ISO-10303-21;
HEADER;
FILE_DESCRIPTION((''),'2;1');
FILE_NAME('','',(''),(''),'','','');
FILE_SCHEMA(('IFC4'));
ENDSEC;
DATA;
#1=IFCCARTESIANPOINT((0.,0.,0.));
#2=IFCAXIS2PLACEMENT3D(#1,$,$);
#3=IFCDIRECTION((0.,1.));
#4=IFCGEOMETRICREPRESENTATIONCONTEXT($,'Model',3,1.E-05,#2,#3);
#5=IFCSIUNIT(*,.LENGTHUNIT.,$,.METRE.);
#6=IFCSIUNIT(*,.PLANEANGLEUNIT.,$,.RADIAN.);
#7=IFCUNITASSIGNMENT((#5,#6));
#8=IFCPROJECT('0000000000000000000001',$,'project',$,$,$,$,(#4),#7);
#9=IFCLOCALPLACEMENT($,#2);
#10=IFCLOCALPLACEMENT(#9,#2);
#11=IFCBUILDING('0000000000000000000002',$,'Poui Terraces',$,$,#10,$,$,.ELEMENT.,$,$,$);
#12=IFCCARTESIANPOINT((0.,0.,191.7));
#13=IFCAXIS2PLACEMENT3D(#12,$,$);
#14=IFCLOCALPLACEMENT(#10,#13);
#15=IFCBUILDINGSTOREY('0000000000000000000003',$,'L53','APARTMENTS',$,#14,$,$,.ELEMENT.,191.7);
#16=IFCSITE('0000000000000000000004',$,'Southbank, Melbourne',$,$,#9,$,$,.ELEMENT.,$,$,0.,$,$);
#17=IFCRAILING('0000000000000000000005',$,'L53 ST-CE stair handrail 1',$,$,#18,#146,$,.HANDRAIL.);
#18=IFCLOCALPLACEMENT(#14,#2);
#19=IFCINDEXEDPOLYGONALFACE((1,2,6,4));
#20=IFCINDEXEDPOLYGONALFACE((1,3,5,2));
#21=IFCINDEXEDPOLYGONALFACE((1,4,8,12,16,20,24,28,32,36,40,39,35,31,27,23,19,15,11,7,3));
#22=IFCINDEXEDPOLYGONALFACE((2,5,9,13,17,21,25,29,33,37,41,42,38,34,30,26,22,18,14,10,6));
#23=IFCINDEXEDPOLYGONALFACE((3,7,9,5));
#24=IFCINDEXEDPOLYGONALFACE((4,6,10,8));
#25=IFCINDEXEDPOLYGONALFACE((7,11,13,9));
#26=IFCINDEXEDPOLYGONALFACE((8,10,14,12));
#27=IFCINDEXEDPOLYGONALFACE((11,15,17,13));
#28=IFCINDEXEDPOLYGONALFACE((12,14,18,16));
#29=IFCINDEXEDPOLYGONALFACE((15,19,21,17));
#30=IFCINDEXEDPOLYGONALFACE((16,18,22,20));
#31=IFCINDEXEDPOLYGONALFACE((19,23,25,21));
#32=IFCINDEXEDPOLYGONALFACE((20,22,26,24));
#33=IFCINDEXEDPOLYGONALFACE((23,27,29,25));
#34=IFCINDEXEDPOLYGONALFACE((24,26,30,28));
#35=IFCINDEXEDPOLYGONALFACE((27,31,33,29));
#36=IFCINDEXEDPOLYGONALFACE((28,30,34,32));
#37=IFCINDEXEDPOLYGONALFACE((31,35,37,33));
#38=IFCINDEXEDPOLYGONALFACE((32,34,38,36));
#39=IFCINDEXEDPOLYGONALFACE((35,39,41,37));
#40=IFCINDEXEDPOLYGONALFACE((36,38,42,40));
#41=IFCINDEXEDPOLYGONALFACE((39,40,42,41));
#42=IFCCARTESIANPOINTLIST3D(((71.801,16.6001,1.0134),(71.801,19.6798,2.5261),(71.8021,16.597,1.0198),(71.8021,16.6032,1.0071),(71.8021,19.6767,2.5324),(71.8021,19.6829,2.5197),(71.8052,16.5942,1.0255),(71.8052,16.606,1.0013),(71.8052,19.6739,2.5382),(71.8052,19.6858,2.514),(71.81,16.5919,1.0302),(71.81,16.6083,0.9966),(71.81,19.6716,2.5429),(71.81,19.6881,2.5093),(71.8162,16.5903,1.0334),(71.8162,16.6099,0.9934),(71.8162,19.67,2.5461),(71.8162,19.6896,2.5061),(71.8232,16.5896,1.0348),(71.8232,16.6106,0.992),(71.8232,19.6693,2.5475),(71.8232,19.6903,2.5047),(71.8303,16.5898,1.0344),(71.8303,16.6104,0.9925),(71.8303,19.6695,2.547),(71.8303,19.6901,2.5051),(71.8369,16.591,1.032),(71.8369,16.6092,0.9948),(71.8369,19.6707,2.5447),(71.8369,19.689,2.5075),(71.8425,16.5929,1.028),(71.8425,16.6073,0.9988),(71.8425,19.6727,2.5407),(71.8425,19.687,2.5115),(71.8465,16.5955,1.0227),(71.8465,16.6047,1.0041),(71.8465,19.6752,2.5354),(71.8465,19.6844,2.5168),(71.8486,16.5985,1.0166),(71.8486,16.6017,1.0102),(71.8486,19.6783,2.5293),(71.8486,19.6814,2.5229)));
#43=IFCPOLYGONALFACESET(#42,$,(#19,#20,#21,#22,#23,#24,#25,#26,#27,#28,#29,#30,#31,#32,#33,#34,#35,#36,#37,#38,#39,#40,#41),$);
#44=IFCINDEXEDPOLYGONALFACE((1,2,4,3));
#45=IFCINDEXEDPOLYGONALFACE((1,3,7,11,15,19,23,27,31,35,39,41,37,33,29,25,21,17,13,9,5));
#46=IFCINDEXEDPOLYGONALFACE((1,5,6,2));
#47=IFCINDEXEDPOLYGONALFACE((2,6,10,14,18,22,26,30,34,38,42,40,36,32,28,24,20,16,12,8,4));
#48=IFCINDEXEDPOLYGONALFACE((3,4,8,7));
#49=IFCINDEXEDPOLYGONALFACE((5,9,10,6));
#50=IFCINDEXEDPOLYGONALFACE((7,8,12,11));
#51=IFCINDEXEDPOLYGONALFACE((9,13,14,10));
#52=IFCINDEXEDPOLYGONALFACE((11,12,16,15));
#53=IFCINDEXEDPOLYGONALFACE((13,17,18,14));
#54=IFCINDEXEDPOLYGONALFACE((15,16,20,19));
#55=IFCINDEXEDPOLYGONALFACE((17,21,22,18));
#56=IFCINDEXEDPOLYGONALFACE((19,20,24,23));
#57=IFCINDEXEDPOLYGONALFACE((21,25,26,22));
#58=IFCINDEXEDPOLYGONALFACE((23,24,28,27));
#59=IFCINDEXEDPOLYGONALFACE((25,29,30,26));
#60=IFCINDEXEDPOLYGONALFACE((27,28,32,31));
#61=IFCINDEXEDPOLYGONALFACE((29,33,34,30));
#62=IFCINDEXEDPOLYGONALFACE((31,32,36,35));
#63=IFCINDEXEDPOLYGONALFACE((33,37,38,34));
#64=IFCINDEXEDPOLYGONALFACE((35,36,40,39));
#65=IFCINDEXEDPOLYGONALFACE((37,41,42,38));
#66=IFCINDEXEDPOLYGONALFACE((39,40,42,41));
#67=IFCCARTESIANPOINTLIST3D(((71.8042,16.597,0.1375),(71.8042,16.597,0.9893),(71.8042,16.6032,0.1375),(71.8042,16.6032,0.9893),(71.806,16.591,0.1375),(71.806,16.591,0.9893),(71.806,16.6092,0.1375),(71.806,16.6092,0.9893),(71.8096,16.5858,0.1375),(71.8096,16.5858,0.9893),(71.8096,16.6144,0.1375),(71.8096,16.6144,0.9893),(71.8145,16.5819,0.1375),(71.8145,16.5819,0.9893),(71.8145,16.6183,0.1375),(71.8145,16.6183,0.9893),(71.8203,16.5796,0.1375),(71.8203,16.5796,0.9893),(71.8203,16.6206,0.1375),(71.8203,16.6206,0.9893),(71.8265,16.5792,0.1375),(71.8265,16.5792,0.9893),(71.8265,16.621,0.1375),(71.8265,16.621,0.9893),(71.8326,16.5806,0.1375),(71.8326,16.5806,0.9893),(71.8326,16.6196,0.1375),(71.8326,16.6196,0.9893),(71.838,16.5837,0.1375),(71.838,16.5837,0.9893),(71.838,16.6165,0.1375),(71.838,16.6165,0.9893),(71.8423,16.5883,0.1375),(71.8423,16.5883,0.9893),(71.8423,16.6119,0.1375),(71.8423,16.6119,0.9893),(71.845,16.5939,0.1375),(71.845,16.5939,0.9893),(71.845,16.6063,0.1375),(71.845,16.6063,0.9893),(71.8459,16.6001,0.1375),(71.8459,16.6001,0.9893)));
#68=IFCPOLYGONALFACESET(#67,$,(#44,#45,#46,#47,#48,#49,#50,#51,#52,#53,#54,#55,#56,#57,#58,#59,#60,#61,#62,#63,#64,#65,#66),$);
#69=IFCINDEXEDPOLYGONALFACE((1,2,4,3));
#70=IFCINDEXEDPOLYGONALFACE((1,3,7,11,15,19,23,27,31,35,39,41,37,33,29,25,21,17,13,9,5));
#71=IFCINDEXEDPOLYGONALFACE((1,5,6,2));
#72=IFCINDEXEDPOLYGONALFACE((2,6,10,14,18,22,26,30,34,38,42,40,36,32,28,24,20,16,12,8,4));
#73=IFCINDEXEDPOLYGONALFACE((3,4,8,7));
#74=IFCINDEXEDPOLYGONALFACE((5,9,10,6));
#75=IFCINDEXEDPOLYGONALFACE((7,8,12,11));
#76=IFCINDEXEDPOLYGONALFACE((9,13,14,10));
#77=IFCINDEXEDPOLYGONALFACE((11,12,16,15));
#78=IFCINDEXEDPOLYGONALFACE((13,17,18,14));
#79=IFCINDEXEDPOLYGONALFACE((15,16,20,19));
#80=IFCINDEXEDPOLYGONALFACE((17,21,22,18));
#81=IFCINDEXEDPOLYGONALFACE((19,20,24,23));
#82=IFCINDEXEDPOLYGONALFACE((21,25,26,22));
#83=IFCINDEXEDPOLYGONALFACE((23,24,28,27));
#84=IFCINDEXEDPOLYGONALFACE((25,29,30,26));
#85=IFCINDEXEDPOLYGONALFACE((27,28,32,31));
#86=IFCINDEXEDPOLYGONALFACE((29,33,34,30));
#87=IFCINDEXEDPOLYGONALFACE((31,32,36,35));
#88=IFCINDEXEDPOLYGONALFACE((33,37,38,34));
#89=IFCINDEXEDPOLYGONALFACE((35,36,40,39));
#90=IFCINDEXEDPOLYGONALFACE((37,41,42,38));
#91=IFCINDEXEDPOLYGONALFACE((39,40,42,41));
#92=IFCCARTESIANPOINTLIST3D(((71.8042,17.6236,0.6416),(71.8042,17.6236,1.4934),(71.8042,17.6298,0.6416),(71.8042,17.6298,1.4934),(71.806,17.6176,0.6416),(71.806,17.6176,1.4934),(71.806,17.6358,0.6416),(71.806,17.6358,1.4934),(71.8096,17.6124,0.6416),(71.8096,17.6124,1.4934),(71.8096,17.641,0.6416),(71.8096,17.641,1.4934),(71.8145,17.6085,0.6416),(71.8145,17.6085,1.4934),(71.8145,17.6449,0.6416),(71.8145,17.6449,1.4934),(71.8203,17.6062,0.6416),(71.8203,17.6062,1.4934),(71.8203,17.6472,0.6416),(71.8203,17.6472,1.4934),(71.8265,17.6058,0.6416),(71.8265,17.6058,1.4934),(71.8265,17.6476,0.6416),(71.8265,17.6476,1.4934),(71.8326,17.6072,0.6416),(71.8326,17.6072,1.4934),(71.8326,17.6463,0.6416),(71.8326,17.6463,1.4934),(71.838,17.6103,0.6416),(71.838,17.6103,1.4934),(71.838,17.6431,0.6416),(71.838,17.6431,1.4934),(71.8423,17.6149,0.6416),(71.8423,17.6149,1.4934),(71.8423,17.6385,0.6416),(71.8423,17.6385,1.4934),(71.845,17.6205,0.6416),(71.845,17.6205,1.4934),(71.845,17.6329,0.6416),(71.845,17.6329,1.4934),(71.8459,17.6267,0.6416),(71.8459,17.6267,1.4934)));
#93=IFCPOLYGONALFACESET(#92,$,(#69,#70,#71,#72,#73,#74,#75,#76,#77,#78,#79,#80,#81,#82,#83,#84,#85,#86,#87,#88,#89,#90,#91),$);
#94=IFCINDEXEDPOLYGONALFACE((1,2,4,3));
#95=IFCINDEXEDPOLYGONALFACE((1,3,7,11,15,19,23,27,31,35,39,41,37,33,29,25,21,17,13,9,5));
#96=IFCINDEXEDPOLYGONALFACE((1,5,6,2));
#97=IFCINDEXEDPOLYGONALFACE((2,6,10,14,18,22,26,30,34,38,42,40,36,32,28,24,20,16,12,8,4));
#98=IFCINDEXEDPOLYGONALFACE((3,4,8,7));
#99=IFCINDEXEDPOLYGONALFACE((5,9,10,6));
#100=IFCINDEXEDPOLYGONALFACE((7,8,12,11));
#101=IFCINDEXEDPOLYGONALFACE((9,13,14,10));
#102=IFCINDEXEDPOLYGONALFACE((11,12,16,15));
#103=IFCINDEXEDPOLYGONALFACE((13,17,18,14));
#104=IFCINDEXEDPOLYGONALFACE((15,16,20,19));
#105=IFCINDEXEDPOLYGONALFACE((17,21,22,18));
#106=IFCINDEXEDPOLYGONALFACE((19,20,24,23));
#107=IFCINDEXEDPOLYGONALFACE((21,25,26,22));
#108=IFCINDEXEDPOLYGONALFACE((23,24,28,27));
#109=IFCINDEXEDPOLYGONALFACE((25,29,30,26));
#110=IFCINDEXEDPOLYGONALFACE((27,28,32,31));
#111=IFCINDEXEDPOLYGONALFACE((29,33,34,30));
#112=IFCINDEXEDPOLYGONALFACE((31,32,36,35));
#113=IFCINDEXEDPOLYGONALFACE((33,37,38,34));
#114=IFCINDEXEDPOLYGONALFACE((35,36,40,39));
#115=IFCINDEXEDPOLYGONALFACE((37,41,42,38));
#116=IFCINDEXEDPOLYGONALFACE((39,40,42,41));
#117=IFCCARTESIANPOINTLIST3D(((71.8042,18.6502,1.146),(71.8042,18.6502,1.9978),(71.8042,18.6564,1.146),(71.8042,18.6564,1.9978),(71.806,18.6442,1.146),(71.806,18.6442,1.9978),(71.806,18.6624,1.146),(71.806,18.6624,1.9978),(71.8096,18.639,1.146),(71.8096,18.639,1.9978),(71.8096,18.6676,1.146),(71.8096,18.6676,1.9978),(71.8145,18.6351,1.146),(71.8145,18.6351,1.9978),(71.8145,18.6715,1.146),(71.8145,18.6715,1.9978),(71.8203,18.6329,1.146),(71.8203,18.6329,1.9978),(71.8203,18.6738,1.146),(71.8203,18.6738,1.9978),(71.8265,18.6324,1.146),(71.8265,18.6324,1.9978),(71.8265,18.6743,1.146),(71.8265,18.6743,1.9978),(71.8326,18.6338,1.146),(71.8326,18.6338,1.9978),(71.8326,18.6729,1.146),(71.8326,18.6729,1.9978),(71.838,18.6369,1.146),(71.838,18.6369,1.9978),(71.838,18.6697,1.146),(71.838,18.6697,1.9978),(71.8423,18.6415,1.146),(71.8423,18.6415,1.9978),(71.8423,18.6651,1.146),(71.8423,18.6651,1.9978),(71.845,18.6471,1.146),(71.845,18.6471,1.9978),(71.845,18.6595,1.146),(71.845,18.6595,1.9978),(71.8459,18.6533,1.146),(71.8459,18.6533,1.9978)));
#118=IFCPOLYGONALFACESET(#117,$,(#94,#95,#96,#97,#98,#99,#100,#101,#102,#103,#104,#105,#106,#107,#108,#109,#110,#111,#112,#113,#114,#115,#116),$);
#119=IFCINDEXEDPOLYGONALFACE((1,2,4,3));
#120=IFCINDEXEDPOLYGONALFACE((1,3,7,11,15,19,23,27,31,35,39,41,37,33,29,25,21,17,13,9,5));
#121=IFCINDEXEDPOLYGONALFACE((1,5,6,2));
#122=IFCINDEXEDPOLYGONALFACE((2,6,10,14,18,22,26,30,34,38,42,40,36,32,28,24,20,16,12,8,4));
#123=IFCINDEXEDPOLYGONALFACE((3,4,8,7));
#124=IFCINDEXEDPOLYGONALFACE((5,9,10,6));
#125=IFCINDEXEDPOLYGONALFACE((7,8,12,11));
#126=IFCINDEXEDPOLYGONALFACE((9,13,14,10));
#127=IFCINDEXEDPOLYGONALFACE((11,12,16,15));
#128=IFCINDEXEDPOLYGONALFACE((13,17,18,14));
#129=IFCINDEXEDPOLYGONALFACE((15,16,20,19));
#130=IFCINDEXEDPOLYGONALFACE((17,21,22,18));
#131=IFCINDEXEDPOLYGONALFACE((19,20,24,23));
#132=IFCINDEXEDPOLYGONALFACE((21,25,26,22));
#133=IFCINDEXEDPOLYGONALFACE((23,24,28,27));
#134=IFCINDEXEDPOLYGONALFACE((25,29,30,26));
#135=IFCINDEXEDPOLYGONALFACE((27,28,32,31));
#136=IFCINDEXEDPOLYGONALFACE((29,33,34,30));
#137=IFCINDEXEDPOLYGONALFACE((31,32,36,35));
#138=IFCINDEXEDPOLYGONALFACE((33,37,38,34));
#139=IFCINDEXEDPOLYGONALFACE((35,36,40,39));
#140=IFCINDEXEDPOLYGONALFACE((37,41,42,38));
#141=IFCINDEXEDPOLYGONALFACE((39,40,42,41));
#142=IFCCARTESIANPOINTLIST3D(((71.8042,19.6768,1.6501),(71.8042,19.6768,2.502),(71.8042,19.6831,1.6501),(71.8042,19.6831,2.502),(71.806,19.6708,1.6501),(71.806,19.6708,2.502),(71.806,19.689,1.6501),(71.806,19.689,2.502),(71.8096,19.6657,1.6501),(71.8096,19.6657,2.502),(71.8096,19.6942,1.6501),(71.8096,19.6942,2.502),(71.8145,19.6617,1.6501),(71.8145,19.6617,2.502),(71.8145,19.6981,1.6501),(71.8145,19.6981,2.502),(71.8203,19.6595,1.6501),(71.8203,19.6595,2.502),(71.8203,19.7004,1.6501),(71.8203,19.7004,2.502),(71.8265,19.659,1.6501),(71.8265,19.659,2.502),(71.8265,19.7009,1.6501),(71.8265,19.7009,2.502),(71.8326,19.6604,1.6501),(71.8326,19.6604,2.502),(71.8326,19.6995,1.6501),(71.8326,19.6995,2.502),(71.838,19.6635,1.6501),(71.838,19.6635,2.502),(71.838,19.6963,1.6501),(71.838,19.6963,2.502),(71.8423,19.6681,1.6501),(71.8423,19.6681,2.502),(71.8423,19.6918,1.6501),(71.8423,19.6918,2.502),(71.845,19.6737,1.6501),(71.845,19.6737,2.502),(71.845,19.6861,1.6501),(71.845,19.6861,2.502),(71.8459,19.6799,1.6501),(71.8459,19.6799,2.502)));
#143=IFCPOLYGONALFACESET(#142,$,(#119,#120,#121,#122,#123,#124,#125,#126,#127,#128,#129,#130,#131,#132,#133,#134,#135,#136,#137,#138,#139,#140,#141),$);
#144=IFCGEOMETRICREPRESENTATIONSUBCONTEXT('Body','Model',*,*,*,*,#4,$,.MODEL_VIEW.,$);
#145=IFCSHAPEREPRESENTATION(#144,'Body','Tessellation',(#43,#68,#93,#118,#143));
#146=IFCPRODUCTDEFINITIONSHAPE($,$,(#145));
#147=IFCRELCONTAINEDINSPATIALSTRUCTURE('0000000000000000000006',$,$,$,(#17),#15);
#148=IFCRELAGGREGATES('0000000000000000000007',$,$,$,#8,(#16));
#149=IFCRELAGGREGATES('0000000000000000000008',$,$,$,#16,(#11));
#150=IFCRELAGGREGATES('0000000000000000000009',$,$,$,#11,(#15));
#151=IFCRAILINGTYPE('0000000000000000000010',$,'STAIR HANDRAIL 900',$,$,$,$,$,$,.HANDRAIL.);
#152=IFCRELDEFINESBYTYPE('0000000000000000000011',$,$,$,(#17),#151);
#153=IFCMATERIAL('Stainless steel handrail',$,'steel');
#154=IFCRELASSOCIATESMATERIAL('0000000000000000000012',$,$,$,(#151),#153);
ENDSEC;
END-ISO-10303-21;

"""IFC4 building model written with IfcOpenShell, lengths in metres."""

from ifc_helpers import new_model, si_unit, direction, frame, origin, origin_2d, place, context, subcontext, project, spatial, circle, extrude, material, type_object, element, save


model = new_model("IFC4")

# Units and contexts
model_context = context("Model", 3, precision=1e-05, world=origin(), true_north=direction((0.0, 1.0)))
body_context = subcontext(model_context, "Body", "Model", "MODEL_VIEW")
ifc_project = project(units=[si_unit("LENGTHUNIT", "METRE"), si_unit("PLANEANGLEUNIT", "RADIAN")], contexts=[model_context])

# Site, building, storey
site_placement = place(None, origin())
site = spatial("IfcSite", under=ifc_project, at=site_placement, Name="Southbank, Melbourne", CompositionType="ELEMENT", RefElevation=0.0)
building_placement = place(site_placement, origin())
building = spatial("IfcBuilding", under=site, at=building_placement, Name="Poui Terraces", CompositionType="ELEMENT")
storey_placement = place(building_placement, frame((0.0, 0.0, 191.7)))
storey = spatial("IfcBuildingStorey", under=building, at=storey_placement, Name="L53", Description="APARTMENTS", CompositionType="ELEMENT", Elevation=191.7)

# Railing
ifc_material_1 = material(Name="Stainless steel handrail", Category="steel")
railing_type_1 = type_object("IfcRailingType", Name="STAIR HANDRAIL 900", PredefinedType="HANDRAIL", material=ifc_material_1)
railing_1_placement = place(storey_placement, frame((71.825, 16.6001, 0.1375)))
element("IfcRailing", 1, at=railing_1_placement, inside=storey, type_object=railing_type_1, Name="L53 ST-CE stair handrail 1", PredefinedType="HANDRAIL", context=body_context, shape_type="SweptSolid", body=[
    extrude(circle(Radius=0.0239, at=origin_2d()), frame((0.0, 0.0, 0.876), z_axis=(0.0, 0.897578, 0.440856), x_axis=(-1.0, 0.0, 0.0)), (0.0, 0.0, 1.0), 3.4312),
    extrude(circle(Radius=0.021, at=origin_2d()), origin(), (0.0, 0.0, 1.0), 0.8518),
    extrude(circle(Radius=0.021, at=origin_2d()), frame((0.0, 1.0266, 0.5042)), (0.0, 0.0, 1.0), 0.8518),
    extrude(circle(Radius=0.021, at=origin_2d()), frame((0.0, 2.0532, 1.0085)), (0.0, 0.0, 1.0), 0.8518),
    extrude(circle(Radius=0.021, at=origin_2d()), frame((0.0, 3.0798, 1.5127)), (0.0, 0.0, 1.0), 0.8518),
])

save(model, "model.ifc")
